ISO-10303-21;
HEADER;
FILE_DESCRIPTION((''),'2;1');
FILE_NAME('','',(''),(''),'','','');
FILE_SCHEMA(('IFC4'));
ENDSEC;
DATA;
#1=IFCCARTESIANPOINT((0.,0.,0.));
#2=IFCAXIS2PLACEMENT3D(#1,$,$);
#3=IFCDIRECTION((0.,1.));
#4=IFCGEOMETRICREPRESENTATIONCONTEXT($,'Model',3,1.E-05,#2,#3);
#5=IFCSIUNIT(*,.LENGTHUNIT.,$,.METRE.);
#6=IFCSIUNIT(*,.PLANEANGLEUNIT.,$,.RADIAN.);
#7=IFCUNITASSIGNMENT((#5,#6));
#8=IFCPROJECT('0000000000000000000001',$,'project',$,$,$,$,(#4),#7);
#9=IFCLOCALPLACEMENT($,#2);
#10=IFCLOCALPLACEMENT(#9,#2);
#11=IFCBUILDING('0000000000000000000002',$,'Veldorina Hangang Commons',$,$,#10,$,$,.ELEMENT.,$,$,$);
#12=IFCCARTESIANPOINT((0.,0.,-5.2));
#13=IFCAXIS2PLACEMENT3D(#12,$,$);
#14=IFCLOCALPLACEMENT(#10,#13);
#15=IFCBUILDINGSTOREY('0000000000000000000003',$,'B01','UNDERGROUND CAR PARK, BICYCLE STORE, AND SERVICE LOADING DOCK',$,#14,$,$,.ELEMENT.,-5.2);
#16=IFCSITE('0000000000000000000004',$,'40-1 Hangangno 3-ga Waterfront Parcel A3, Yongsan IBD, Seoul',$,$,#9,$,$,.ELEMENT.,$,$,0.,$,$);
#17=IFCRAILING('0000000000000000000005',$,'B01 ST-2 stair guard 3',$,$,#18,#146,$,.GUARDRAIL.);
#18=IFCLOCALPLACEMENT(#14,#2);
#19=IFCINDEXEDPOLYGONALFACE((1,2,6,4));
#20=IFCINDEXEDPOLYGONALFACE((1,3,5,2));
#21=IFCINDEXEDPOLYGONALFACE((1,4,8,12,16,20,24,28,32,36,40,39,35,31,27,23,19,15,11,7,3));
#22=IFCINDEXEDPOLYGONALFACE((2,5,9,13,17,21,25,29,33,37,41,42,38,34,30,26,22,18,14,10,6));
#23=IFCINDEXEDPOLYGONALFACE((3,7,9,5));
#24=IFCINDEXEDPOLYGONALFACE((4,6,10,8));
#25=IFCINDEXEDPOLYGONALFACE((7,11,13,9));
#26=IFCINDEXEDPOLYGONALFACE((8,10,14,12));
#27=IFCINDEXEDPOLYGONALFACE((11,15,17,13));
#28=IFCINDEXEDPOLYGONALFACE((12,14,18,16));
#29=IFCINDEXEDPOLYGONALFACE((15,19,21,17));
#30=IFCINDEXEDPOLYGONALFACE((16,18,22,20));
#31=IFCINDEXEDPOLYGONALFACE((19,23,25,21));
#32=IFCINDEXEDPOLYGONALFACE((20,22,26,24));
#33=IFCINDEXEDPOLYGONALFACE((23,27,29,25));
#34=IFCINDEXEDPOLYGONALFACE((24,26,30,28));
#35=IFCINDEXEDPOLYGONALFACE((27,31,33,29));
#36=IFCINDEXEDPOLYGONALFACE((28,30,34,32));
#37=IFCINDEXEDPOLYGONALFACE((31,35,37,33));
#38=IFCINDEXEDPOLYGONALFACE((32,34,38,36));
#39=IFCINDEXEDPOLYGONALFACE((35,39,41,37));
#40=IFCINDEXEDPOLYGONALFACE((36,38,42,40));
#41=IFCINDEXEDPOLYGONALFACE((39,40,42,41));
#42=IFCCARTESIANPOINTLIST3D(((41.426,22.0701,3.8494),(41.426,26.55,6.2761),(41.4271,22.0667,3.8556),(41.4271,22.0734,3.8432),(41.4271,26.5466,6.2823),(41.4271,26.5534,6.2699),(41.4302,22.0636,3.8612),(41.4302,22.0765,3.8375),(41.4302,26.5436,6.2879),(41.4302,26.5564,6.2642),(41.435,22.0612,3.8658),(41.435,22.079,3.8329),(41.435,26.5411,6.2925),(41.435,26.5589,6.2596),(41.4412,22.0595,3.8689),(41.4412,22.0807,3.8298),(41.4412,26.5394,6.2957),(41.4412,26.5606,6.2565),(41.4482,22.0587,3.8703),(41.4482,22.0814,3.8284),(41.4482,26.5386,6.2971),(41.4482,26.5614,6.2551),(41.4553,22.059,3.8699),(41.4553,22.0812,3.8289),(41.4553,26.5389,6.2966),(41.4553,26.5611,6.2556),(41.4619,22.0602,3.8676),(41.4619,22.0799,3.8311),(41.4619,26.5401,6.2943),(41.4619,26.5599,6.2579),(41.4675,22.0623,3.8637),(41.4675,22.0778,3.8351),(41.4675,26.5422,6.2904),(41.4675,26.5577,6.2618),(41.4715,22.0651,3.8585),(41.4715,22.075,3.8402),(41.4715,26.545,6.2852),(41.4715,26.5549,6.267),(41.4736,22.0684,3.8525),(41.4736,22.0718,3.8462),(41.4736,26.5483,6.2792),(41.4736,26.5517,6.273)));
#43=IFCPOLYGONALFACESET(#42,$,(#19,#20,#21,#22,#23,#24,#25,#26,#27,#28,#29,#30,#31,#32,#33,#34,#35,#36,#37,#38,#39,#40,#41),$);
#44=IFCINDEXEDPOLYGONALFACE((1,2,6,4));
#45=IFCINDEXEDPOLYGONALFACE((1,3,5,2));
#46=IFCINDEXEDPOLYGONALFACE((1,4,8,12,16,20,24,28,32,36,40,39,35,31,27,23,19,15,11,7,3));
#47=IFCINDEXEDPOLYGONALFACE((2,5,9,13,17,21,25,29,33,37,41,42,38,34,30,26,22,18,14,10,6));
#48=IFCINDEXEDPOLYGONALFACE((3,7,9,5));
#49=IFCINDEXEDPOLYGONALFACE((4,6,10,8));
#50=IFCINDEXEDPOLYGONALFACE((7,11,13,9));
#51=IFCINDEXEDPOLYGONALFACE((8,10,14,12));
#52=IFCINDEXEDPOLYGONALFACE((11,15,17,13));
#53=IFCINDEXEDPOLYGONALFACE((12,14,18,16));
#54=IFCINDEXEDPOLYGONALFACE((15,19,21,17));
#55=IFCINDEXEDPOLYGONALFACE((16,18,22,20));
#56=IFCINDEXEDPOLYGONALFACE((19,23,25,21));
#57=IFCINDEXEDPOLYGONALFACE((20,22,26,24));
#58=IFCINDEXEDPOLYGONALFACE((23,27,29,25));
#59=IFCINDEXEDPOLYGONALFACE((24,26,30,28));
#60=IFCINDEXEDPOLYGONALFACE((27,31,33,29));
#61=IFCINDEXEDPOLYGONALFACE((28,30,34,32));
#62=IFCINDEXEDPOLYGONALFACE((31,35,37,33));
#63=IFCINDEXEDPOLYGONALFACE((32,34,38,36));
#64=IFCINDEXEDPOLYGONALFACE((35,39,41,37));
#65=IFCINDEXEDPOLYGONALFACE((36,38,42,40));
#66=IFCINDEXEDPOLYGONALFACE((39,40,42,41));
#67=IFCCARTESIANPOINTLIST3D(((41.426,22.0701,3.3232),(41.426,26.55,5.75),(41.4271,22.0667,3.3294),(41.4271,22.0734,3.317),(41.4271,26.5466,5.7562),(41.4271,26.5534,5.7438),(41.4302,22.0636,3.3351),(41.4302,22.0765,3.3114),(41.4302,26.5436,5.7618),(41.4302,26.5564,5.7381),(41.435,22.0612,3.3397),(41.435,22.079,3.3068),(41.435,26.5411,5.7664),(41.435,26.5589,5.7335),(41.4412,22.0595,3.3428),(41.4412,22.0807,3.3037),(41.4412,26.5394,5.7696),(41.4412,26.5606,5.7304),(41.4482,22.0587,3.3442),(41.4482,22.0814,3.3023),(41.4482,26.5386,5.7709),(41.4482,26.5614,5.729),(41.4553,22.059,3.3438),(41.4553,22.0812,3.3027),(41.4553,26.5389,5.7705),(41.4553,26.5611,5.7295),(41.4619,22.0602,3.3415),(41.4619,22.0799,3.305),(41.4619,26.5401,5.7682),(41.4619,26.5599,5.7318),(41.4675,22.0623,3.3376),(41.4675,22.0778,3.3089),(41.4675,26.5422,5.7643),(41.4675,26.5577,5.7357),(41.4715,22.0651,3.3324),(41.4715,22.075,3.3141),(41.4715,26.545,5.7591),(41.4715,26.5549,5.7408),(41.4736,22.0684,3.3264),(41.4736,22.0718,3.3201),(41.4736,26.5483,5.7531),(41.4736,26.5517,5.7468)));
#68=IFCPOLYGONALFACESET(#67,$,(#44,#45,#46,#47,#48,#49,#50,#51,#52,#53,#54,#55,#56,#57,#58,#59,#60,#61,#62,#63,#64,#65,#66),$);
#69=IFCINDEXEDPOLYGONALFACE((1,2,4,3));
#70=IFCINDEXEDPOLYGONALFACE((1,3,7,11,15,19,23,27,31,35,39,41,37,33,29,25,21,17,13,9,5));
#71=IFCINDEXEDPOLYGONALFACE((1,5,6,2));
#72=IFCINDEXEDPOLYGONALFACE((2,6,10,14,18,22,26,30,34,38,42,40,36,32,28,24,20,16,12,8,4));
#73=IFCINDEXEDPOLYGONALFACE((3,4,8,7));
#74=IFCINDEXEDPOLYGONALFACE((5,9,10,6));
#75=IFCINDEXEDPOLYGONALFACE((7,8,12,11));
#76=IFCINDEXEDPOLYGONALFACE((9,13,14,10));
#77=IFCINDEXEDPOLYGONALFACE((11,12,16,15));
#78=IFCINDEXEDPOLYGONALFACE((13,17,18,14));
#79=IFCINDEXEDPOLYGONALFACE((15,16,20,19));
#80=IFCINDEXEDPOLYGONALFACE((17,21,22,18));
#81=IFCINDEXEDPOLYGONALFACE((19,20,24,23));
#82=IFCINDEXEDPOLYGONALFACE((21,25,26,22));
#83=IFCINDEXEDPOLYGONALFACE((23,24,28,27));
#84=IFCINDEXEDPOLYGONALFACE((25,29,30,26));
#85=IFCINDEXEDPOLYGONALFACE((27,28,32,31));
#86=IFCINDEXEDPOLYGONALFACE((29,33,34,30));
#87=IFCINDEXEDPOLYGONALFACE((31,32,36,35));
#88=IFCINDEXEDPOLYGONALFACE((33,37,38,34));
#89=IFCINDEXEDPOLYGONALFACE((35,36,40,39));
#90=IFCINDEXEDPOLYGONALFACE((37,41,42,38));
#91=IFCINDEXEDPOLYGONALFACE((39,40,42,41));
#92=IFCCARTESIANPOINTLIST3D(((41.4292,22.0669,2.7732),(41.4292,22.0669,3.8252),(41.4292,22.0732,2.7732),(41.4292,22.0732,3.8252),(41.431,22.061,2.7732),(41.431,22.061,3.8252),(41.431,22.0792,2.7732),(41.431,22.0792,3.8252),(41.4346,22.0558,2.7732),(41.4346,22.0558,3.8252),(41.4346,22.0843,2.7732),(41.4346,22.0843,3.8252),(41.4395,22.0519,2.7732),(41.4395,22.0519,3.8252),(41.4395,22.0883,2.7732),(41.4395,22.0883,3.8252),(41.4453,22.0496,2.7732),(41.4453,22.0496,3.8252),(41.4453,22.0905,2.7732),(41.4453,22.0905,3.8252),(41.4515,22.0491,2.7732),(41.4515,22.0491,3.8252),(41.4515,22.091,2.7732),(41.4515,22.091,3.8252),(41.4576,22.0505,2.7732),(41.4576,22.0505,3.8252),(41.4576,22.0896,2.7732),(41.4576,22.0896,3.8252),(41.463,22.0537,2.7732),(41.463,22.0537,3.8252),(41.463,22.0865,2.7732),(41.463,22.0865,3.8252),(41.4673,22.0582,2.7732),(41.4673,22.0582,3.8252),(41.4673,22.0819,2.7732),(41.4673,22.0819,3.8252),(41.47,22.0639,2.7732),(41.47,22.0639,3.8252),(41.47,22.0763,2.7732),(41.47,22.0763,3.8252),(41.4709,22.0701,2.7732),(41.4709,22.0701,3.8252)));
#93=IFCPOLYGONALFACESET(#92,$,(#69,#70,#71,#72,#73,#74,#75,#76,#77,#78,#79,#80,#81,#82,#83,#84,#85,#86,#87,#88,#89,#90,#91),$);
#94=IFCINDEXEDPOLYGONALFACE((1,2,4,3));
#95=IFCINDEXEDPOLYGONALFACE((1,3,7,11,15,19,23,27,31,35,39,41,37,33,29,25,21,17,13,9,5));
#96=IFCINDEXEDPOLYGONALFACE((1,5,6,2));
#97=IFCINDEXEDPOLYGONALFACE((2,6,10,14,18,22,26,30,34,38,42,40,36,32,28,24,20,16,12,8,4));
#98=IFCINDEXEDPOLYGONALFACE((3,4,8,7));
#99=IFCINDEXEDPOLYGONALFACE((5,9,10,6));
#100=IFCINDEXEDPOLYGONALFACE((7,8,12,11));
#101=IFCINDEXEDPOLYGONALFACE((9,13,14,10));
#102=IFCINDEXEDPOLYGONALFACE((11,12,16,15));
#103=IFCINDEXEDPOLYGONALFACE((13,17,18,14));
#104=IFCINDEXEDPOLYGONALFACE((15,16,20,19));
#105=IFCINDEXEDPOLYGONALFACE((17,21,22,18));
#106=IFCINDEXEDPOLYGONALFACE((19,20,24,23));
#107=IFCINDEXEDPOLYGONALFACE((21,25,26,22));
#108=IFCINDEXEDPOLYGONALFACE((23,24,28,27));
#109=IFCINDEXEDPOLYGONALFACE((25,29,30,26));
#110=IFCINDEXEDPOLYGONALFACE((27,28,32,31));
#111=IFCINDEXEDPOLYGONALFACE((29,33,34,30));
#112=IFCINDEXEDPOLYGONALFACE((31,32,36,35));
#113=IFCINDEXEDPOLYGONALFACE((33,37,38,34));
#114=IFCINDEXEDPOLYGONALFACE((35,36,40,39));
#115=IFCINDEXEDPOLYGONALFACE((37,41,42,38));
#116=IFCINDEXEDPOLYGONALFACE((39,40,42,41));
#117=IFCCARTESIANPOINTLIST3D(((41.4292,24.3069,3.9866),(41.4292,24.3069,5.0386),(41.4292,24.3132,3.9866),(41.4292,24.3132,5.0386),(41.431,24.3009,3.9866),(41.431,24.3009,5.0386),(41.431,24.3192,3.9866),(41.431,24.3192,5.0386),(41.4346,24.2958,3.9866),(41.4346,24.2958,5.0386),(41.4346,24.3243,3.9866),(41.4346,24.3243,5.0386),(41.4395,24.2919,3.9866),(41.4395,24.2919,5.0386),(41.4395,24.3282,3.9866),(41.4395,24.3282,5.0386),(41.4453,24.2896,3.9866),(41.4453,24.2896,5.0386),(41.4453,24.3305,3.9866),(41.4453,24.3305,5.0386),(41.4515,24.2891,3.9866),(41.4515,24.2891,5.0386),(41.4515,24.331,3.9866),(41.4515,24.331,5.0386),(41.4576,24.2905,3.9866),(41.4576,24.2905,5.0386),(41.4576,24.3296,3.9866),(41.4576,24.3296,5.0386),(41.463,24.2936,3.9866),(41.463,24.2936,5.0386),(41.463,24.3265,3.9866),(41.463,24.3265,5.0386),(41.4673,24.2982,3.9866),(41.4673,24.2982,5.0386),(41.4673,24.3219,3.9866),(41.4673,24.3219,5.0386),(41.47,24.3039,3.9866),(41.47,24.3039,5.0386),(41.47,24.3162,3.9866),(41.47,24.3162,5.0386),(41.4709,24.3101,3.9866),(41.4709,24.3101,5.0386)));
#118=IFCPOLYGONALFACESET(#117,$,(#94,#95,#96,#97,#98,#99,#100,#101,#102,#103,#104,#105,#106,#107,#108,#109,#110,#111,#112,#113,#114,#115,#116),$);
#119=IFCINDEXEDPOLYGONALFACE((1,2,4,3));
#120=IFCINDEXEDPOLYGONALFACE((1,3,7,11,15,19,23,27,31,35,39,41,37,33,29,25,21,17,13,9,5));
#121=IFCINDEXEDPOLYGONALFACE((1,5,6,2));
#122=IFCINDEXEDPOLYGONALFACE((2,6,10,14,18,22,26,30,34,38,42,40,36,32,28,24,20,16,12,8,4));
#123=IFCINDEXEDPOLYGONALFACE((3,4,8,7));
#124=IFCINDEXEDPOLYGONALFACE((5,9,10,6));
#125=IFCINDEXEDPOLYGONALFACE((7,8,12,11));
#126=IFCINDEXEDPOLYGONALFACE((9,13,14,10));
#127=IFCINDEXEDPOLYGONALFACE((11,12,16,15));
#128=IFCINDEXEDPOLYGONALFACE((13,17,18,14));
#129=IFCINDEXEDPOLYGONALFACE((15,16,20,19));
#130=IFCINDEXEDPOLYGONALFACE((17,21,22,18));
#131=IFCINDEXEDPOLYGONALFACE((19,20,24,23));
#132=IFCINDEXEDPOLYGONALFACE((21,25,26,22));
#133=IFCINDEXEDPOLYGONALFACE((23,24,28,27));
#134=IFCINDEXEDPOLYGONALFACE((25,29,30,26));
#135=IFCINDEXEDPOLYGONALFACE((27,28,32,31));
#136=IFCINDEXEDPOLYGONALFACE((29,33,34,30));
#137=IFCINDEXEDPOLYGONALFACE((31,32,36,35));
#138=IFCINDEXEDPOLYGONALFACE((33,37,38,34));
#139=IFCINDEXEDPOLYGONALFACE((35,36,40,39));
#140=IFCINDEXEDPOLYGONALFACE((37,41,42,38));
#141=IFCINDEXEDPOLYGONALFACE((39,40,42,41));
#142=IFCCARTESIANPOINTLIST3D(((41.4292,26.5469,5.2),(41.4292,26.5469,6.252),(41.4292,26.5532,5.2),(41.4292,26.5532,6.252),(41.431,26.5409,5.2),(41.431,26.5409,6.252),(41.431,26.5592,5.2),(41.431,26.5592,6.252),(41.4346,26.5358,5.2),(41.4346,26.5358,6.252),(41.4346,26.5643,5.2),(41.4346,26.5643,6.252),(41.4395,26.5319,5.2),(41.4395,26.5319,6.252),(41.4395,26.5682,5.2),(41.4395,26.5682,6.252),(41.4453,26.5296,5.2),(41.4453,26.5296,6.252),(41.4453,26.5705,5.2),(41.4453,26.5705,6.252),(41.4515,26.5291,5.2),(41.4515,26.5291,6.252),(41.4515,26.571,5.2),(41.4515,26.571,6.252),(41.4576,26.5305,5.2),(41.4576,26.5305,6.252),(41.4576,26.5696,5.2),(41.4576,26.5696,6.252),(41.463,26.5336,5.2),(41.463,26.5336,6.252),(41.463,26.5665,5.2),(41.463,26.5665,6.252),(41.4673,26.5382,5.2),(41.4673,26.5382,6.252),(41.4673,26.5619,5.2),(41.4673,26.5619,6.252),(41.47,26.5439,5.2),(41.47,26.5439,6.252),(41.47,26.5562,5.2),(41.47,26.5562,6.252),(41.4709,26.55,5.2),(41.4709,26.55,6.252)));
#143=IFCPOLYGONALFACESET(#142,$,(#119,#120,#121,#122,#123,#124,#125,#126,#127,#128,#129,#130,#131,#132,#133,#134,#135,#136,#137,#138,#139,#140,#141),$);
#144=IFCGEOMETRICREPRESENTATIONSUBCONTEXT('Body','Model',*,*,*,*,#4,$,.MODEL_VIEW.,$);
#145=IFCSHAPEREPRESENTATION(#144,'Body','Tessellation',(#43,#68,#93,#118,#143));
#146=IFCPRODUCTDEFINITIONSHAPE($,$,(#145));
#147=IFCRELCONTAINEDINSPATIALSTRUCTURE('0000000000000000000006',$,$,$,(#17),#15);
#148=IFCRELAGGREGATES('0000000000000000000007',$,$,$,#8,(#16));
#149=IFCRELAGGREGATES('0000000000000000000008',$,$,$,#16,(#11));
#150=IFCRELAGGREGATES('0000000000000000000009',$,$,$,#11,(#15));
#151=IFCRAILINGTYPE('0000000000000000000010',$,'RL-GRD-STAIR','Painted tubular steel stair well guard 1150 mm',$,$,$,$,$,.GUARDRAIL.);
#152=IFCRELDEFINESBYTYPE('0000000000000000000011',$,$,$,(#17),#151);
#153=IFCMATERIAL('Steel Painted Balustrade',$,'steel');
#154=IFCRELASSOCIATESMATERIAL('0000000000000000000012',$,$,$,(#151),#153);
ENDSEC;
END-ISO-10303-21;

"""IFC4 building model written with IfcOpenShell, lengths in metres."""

from ifc_helpers import new_model, si_unit, direction, frame, origin, origin_2d, place, context, subcontext, project, spatial, circle, extrude, material, type_object, element, save


model = new_model("IFC4")

# Units and contexts
model_context = context("Model", 3, precision=1e-05, world=origin(), true_north=direction((0.0, 1.0)))
body_context = subcontext(model_context, "Body", "Model", "MODEL_VIEW")
ifc_project = project(units=[si_unit("LENGTHUNIT", "METRE"), si_unit("PLANEANGLEUNIT", "RADIAN")], contexts=[model_context])

# Site, building, storey
site_placement = place(None, origin())
site = spatial("IfcSite", under=ifc_project, at=site_placement, Name="40-1 Hangangno 3-ga Waterfront Parcel A3, Yongsan IBD, Seoul", CompositionType="ELEMENT", RefElevation=0.0)
building_placement = place(site_placement, origin())
building = spatial("IfcBuilding", under=site, at=building_placement, Name="Veldorina Hangang Commons", CompositionType="ELEMENT")
storey_placement = place(building_placement, frame((0.0, 0.0, -5.2)))
storey = spatial("IfcBuildingStorey", under=building, at=storey_placement, Name="B01", Description="UNDERGROUND CAR PARK, BICYCLE STORE, AND SERVICE LOADING DOCK", CompositionType="ELEMENT", Elevation=-5.2)

# Railing
ifc_material_1 = material(Name="Steel Painted Balustrade", Category="steel")
railing_type_1 = type_object("IfcRailingType", Name="RL-GRD-STAIR", Description="Painted tubular steel stair well guard 1150 mm", PredefinedType="GUARDRAIL", material=ifc_material_1)
railing_1_placement = place(storey_placement, frame((41.45, 22.0701, 2.7732)))
element("IfcRailing", 1, at=railing_1_placement, inside=storey, type_object=railing_type_1, Name="B01 ST-2 stair guard 3", PredefinedType="GUARDRAIL", context=body_context, shape_type="SweptSolid", body=[
    extrude(circle(Radius=0.0239, at=origin_2d()), frame((0.0, 0.0, 1.0762), z_axis=(0.0, 0.879284, 0.476299), x_axis=(-1.0, 0.0, 0.0)), (0.0, 0.0, 1.0), 5.095),
    extrude(circle(Radius=0.0239, at=origin_2d()), frame((0.0, 0.0, 0.55), z_axis=(0.0, 0.879284, 0.476299), x_axis=(-1.0, 0.0, 0.0)), (0.0, 0.0, 1.0), 5.095),
    extrude(circle(Radius=0.021, at=origin_2d()), origin(), (0.0, 0.0, 1.0), 1.052),
    extrude(circle(Radius=0.021, at=origin_2d()), frame((0.0, 2.24, 1.2134)), (0.0, 0.0, 1.0), 1.052),
    extrude(circle(Radius=0.021, at=origin_2d()), frame((0.0, 4.48, 2.4268)), (0.0, 0.0, 1.0), 1.052),
])

save(model, "model.ifc")
